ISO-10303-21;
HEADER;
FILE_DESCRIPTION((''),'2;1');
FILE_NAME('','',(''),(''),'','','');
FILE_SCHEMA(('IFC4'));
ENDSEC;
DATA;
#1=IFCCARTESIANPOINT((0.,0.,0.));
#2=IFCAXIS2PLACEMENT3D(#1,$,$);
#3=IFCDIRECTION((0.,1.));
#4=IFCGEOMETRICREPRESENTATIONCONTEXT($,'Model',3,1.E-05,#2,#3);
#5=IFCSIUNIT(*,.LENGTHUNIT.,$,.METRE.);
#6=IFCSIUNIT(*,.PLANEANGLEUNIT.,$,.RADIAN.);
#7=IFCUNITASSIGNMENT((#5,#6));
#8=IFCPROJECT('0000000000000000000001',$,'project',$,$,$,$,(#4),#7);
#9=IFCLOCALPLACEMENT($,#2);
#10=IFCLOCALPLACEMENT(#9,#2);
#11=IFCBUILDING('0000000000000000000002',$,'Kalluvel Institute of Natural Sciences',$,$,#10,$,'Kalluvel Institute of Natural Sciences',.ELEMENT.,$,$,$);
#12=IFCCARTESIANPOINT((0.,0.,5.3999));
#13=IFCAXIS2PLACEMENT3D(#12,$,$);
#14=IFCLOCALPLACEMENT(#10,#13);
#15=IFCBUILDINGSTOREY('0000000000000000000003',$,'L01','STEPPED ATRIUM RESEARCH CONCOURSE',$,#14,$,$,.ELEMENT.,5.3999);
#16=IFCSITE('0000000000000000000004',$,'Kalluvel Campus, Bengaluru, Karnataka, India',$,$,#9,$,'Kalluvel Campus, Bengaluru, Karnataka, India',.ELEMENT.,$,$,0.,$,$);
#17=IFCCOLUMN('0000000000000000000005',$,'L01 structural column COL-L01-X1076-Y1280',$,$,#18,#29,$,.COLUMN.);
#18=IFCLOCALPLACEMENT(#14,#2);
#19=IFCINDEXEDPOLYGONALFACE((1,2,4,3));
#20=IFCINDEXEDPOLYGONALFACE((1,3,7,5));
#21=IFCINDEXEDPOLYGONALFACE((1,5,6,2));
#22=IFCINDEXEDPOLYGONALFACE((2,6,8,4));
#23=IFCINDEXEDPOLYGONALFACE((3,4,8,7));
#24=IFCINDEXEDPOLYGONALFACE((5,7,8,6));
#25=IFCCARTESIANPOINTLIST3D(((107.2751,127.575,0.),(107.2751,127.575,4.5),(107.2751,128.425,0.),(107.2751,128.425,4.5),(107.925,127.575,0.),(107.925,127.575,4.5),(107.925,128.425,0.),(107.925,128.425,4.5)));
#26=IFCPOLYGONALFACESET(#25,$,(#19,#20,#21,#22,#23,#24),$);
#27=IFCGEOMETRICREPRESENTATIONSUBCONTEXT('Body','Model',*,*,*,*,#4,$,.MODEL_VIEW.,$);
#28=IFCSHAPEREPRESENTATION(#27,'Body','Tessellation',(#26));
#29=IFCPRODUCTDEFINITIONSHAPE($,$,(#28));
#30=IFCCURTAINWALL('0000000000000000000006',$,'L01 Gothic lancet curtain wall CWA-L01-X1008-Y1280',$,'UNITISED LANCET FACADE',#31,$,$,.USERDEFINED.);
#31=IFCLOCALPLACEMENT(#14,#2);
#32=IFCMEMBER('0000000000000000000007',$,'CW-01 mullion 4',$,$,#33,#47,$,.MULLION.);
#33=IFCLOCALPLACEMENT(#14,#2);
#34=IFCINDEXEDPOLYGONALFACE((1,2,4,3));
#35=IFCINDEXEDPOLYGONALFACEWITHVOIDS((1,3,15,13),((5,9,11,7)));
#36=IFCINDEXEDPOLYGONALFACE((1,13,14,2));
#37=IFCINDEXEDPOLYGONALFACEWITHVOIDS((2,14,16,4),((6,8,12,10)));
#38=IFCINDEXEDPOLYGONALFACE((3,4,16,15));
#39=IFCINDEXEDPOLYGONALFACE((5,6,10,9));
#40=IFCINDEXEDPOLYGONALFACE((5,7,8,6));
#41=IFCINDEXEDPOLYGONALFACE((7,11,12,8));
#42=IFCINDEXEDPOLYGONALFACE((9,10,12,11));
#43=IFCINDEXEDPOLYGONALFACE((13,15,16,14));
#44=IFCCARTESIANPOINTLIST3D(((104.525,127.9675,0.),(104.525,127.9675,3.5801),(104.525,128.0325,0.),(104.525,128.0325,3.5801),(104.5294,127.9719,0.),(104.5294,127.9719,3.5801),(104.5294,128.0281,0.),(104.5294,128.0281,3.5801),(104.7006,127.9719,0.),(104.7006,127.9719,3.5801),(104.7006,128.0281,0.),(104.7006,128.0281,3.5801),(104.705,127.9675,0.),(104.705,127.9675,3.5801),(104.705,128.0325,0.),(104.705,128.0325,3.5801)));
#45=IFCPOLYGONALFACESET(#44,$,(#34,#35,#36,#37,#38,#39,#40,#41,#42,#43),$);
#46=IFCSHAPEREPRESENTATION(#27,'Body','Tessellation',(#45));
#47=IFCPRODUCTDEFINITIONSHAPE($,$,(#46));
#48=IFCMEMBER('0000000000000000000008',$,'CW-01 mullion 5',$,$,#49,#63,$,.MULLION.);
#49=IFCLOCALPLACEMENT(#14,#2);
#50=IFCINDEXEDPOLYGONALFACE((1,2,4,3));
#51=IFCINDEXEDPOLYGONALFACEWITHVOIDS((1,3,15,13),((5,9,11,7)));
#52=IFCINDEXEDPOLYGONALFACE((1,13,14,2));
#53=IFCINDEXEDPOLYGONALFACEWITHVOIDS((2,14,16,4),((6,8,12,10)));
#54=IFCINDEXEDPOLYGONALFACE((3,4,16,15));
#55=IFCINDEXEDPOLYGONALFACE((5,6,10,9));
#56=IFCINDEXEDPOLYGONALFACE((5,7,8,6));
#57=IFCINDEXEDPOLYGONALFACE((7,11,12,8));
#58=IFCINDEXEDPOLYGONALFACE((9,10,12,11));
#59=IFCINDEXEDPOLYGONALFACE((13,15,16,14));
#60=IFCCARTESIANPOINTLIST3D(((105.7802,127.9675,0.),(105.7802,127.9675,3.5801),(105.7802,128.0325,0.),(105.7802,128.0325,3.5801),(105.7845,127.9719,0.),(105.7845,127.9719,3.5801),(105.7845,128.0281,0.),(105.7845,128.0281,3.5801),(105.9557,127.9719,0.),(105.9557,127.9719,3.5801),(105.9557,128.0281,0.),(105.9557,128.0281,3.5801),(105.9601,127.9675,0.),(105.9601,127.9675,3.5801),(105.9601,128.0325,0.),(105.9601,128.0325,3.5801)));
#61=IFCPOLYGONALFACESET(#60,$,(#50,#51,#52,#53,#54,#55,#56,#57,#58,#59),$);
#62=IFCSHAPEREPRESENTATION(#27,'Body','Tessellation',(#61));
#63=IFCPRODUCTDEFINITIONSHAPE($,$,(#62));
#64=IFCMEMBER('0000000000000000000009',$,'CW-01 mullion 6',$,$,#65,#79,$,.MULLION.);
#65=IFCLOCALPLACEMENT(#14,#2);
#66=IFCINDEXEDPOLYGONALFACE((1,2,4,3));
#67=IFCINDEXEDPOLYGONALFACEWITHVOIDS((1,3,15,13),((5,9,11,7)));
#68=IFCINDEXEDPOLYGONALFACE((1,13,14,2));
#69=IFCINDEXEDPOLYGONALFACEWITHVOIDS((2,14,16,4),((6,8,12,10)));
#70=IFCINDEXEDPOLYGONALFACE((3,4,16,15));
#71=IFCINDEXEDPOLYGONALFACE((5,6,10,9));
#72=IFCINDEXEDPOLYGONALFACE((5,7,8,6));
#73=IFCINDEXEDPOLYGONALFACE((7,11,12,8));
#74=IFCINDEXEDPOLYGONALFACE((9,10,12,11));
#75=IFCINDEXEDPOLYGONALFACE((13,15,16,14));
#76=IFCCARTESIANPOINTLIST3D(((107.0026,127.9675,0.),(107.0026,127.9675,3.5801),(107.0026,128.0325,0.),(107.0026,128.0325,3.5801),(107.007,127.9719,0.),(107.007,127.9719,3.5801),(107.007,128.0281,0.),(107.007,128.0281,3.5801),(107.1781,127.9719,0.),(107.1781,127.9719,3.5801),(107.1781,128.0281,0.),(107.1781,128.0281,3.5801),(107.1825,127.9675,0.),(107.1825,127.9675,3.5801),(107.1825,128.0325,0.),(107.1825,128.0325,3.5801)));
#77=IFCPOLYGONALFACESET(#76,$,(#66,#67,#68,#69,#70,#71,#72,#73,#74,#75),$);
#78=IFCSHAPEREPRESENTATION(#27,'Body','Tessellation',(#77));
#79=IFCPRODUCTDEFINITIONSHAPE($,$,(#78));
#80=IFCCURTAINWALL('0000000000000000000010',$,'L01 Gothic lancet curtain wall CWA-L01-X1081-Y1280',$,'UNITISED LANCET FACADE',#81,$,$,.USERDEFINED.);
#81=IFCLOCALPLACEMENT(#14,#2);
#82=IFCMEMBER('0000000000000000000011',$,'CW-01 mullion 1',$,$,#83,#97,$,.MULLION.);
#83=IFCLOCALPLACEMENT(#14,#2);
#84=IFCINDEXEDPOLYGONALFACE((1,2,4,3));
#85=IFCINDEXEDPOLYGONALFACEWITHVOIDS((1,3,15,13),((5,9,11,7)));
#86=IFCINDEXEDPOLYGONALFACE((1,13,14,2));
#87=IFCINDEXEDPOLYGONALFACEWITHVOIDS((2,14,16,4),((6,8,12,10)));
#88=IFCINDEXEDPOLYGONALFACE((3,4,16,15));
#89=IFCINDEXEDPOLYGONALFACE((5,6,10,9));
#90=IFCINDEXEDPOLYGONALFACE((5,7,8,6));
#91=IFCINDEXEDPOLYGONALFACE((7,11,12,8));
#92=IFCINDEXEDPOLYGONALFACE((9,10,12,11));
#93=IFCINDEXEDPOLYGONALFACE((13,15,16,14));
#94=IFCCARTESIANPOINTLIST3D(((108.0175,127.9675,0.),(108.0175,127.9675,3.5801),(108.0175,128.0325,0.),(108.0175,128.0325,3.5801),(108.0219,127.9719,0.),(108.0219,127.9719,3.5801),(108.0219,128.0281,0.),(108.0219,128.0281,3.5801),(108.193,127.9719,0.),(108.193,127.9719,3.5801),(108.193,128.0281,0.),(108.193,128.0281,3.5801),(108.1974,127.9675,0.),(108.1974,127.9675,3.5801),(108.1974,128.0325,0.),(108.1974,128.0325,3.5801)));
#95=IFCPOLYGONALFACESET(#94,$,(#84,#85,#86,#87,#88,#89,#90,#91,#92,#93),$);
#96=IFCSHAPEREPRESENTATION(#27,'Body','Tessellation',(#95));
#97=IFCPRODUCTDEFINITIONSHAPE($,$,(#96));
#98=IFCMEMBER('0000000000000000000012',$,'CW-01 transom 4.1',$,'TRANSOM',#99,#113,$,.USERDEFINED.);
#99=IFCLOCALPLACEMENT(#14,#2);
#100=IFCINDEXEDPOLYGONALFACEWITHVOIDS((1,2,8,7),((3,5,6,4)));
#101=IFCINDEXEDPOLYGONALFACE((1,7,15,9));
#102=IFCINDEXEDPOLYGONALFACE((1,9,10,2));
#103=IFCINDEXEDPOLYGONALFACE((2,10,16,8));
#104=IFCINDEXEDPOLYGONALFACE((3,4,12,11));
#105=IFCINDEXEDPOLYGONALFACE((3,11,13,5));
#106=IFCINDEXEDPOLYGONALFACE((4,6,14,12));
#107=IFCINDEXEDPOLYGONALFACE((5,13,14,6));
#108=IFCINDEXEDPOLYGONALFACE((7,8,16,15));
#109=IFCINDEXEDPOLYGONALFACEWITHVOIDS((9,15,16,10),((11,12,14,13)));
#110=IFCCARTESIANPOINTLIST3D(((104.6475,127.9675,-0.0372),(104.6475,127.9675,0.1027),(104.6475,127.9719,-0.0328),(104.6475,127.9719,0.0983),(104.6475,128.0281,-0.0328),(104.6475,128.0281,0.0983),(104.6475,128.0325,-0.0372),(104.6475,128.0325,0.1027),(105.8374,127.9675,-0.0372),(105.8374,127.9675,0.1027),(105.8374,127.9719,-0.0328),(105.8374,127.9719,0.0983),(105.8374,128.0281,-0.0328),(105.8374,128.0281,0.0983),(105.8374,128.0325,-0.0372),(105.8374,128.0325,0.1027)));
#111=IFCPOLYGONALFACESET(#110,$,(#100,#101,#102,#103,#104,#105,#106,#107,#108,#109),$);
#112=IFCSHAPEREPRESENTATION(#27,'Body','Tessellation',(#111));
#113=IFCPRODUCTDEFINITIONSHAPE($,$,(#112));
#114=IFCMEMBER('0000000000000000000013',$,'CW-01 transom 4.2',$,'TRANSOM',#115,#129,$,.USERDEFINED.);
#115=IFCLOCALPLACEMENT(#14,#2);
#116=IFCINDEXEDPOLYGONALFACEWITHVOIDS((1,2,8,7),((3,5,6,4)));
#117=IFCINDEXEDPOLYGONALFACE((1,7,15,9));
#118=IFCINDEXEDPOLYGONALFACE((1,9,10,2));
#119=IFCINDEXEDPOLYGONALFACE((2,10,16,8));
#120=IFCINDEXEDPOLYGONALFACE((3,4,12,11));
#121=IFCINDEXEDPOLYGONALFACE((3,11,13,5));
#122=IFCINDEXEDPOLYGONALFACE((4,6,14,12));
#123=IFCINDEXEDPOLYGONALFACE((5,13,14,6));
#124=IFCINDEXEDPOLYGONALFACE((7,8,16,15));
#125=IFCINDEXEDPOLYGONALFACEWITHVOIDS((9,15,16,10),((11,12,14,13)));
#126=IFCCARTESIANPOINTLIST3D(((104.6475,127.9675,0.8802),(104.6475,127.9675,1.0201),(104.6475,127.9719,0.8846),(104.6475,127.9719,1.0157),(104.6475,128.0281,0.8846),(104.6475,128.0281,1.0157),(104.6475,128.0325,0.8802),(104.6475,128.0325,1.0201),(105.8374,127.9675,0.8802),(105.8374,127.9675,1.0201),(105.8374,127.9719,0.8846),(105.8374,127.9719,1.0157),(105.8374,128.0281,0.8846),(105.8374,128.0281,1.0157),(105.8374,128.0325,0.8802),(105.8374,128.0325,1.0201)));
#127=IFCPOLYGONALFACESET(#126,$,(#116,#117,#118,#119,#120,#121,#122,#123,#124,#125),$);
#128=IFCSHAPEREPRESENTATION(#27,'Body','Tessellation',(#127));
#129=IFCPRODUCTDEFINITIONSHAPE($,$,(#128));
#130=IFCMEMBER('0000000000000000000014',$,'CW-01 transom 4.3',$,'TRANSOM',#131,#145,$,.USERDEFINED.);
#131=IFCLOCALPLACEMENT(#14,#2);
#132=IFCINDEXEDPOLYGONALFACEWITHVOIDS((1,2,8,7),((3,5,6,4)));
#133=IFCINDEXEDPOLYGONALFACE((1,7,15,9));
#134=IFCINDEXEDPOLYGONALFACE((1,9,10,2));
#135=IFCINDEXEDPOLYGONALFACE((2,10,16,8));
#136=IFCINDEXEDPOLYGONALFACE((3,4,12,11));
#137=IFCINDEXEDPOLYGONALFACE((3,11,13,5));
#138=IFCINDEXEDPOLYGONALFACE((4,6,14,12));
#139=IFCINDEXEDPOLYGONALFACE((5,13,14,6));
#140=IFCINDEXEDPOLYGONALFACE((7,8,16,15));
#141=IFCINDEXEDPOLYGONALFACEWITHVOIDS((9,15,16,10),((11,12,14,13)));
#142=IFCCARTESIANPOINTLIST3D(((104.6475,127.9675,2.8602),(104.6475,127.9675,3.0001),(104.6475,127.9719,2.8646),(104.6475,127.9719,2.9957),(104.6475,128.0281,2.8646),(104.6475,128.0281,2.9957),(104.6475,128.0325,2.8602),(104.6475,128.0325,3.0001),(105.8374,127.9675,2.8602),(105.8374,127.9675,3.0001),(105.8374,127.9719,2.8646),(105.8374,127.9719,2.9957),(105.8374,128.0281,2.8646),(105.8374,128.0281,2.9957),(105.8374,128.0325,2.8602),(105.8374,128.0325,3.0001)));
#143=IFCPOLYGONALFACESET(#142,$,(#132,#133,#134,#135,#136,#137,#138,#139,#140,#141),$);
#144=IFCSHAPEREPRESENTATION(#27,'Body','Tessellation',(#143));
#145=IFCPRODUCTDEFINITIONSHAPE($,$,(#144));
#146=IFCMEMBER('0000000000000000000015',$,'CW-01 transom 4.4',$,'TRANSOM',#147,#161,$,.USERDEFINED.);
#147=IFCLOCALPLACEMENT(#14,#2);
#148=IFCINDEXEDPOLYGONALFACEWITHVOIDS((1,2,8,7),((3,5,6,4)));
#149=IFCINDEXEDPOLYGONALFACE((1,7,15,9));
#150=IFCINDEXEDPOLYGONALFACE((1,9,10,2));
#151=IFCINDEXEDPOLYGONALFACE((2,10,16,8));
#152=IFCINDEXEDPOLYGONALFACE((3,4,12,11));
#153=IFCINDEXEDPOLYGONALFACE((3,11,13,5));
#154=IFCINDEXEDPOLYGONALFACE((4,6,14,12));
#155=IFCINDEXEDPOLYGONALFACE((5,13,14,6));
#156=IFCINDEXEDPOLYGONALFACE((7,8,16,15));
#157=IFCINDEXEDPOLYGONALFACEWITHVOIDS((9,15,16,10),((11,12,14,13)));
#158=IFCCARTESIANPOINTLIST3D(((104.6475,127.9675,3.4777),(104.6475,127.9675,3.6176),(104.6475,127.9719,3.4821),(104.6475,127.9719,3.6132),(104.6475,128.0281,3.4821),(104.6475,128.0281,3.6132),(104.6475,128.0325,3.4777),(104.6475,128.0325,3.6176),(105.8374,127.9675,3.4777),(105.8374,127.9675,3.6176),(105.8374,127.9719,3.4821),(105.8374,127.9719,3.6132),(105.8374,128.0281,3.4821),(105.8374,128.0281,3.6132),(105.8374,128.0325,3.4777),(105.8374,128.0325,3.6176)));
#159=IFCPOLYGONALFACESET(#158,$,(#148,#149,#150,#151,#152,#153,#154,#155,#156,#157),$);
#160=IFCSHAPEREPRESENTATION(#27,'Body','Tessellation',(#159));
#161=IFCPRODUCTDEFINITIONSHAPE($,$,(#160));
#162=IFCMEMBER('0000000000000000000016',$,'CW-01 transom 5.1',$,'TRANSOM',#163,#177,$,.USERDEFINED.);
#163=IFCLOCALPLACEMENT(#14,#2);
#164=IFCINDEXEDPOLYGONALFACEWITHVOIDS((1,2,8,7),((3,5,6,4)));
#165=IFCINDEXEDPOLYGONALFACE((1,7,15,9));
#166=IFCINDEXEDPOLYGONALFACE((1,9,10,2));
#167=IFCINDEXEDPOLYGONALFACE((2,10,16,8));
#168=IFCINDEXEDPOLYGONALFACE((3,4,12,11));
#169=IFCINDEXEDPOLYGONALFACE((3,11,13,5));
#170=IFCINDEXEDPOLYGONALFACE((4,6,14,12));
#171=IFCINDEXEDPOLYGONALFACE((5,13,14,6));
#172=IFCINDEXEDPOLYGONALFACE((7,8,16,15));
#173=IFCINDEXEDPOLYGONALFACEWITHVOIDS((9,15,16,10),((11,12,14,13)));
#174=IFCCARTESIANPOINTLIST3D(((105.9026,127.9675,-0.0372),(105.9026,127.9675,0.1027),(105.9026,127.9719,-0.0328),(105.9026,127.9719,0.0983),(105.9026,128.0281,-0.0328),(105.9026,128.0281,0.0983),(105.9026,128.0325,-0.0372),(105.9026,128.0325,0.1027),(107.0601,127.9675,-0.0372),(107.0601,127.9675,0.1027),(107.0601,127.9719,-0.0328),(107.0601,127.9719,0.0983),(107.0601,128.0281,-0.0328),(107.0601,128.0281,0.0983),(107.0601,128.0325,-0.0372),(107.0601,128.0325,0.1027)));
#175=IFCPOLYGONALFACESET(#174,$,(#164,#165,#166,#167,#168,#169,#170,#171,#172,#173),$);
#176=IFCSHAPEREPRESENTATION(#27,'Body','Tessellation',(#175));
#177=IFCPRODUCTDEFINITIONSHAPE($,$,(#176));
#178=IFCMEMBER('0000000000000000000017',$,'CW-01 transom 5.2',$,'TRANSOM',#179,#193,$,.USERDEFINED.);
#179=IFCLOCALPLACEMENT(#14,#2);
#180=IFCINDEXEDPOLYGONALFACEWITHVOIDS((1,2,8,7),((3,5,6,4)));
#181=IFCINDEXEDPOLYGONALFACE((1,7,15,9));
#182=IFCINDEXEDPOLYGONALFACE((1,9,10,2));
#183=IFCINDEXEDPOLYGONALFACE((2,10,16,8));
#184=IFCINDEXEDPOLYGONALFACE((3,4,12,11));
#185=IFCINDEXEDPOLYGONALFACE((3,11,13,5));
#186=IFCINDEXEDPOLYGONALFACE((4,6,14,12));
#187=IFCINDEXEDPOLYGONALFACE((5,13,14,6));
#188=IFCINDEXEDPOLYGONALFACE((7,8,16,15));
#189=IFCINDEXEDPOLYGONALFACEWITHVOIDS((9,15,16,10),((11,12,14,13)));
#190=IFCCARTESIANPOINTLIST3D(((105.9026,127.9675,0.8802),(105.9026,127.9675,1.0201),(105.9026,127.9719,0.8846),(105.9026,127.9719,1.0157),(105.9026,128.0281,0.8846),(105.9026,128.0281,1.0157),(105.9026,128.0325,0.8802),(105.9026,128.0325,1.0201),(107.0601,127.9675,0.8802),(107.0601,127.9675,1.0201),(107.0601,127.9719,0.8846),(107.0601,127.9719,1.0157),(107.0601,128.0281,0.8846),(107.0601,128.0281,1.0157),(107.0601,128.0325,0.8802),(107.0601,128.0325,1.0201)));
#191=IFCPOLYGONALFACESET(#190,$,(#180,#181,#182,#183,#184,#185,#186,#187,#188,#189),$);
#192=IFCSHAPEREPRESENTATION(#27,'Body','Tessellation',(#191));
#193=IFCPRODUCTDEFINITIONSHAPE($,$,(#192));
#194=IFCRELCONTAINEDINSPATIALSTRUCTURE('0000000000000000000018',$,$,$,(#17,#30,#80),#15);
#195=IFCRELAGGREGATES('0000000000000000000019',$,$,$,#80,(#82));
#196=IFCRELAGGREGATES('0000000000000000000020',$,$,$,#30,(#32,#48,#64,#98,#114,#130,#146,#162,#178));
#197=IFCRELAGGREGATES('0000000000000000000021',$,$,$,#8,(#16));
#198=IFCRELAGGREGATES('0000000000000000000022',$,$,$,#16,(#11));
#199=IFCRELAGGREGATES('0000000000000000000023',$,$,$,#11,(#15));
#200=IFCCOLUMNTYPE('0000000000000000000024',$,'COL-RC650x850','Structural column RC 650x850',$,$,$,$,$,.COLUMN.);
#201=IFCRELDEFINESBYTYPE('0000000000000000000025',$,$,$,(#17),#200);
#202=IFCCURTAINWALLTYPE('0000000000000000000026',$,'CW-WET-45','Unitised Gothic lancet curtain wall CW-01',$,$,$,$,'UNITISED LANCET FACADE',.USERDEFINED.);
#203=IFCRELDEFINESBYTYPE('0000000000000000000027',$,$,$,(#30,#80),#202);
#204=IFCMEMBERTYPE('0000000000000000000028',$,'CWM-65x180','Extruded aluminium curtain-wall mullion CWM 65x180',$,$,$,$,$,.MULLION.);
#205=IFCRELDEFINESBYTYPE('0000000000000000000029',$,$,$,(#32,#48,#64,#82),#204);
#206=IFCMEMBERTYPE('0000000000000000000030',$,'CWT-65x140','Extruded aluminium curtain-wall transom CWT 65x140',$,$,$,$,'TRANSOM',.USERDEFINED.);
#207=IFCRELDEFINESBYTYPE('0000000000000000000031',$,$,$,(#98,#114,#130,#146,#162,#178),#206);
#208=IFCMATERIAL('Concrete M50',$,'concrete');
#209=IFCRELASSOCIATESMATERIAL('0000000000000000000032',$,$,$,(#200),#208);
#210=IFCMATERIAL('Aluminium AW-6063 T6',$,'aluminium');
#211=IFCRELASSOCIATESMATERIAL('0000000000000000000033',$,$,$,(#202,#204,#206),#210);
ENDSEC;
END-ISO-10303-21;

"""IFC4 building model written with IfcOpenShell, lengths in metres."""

from ifc_helpers import new_model, si_unit, direction, frame, origin, origin_2d, place, context, subcontext, project, spatial, rectangle, hollow_rectangle, extrude, material, material_profile, profile_set, type_object, element, aggregate, save


model = new_model("IFC4")

# Units and contexts
model_context = context("Model", 3, precision=1e-05, world=origin(), true_north=direction((0.0, 1.0)))
body_context = subcontext(model_context, "Body", "Model", "MODEL_VIEW")
ifc_project = project(units=[si_unit("LENGTHUNIT", "METRE"), si_unit("PLANEANGLEUNIT", "RADIAN")], contexts=[model_context])

# Site, building, storey
site_placement = place(None, origin())
site = spatial("IfcSite", under=ifc_project, at=site_placement, Name="Kalluvel Campus, Bengaluru, Karnataka, India", LongName="Kalluvel Campus, Bengaluru, Karnataka, India", CompositionType="ELEMENT", RefElevation=0.0)
building_placement = place(site_placement, origin())
building = spatial("IfcBuilding", under=site, at=building_placement, Name="Kalluvel Institute of Natural Sciences", LongName="Kalluvel Institute of Natural Sciences", CompositionType="ELEMENT")
storey_placement = place(building_placement, frame((0.0, 0.0, 5.3999)))
storey = spatial("IfcBuildingStorey", under=building, at=storey_placement, Name="L01", Description="STEPPED ATRIUM RESEARCH CONCOURSE", CompositionType="ELEMENT", Elevation=5.3999)

# Column
ifc_material_1 = material(Name="Concrete M50", Category="concrete")
ifc_material_profile_1 = material_profile(ifc_material_1, rectangle(XDim=0.6499, YDim=0.8501, at=origin_2d()), Name="RC 650x850")
ifc_profile_set_1 = profile_set([ifc_material_profile_1], Name="Concrete M50")
column_type = type_object("IfcColumnType", Name="COL-RC650x850", Description="Structural column RC 650x850", PredefinedType="COLUMN", material=ifc_profile_set_1)
column_placement = place(storey_placement, frame((107.6001, 128.0, 0.0), z_axis=(0.0, 0.0, 1.0), x_axis=(1.0, 0.0, 0.0)))
element("IfcColumn", 1, at=column_placement, inside=storey, type_object=column_type, Name="L01 structural column COL-L01-X1076-Y1280", PredefinedType="COLUMN", context=body_context, shape_type="SweptSolid", body=[
    extrude(rectangle(XDim=0.6499, YDim=0.8501, at=origin_2d()), origin(), (0.0, 0.0, 1.0), 4.5),
])

# Curtain wall, members
ifc_material_2 = material(Name="Aluminium AW-6063 T6", Category="aluminium")
curtain_wall_type = type_object("IfcCurtainWallType", Name="CW-WET-45", Description="Unitised Gothic lancet curtain wall CW-01", ElementType="UNITISED LANCET FACADE", PredefinedType="USERDEFINED", material=ifc_material_2)
curtain_wall_1_placement = place(storey_placement, origin())
curtain_wall_1 = element("IfcCurtainWall", 2, at=curtain_wall_1_placement, inside=storey, type_object=curtain_wall_type, Name="L01 Gothic lancet curtain wall CWA-L01-X1008-Y1280", ObjectType="UNITISED LANCET FACADE", PredefinedType="USERDEFINED")
ifc_material_profile_2 = material_profile(ifc_material_2, hollow_rectangle(XDim=0.0649, YDim=0.1799, WallThickness=0.0044, at=origin_2d()), Name="CWM 65x180")
ifc_profile_set_2 = profile_set([ifc_material_profile_2], Name="Aluminium AW-6063 T6")
member_type_1 = type_object("IfcMemberType", Name="CWM-65x180", Description="Extruded aluminium curtain-wall mullion CWM 65x180", PredefinedType="MULLION", material=ifc_profile_set_2)
member_1_placement = place(storey_placement, frame((104.615, 128.0, 0.0), z_axis=(0.0, 0.0, 1.0), x_axis=(0.0, 1.0, 0.0)))
member_1 = element("IfcMember", 3, at=member_1_placement, type_object=member_type_1, Name="CW-01 mullion 4", PredefinedType="MULLION", context=body_context, shape_type="SweptSolid", body=[
    extrude(hollow_rectangle(XDim=0.0649, YDim=0.1799, WallThickness=0.0044, at=origin_2d()), origin(), (0.0, 0.0, 1.0), 3.5801),
])
member_2_placement = place(storey_placement, frame((105.8701, 128.0, 0.0), z_axis=(0.0, 0.0, 1.0), x_axis=(0.0, 1.0, 0.0)))
member_2 = element("IfcMember", 4, at=member_2_placement, type_object=member_type_1, Name="CW-01 mullion 5", PredefinedType="MULLION", context=body_context, shape_type="SweptSolid", body=[
    extrude(hollow_rectangle(XDim=0.0649, YDim=0.1799, WallThickness=0.0044, at=origin_2d()), origin(), (0.0, 0.0, 1.0), 3.5801),
])
member_3_placement = place(storey_placement, frame((107.0925, 128.0, 0.0), z_axis=(0.0, 0.0, 1.0), x_axis=(0.0, 1.0, 0.0)))
member_3 = element("IfcMember", 5, at=member_3_placement, type_object=member_type_1, Name="CW-01 mullion 6", PredefinedType="MULLION", context=body_context, shape_type="SweptSolid", body=[
    extrude(hollow_rectangle(XDim=0.0649, YDim=0.1799, WallThickness=0.0044, at=origin_2d()), origin(), (0.0, 0.0, 1.0), 3.5801),
])

# Curtain wall, member
curtain_wall_2_placement = place(storey_placement, origin())
curtain_wall_2 = element("IfcCurtainWall", 6, at=curtain_wall_2_placement, inside=storey, type_object=curtain_wall_type, Name="L01 Gothic lancet curtain wall CWA-L01-X1081-Y1280", ObjectType="UNITISED LANCET FACADE", PredefinedType="USERDEFINED")
member_4_placement = place(storey_placement, frame((108.1074, 128.0, 0.0), z_axis=(0.0, 0.0, 1.0), x_axis=(0.0, 1.0, 0.0)))
member_4 = element("IfcMember", 7, at=member_4_placement, type_object=member_type_1, Name="CW-01 mullion 1", PredefinedType="MULLION", context=body_context, shape_type="SweptSolid", body=[
    extrude(hollow_rectangle(XDim=0.0649, YDim=0.1799, WallThickness=0.0044, at=origin_2d()), origin(), (0.0, 0.0, 1.0), 3.5801),
])

# Members
ifc_material_profile_3 = material_profile(ifc_material_2, hollow_rectangle(XDim=0.0649, YDim=0.1399, WallThickness=0.0044, at=origin_2d()), Name="CWT 65x140")
ifc_profile_set_3 = profile_set([ifc_material_profile_3], Name="Aluminium AW-6063 T6")
member_type_2 = type_object("IfcMemberType", Name="CWT-65x140", Description="Extruded aluminium curtain-wall transom CWT 65x140", ElementType="TRANSOM", PredefinedType="USERDEFINED", material=ifc_profile_set_3)
member_5_placement = place(storey_placement, frame((104.6475, 128.0, 0.0327), z_axis=(1.0, 0.0, 0.0), x_axis=(0.0, 1.0, 0.0)))
member_5 = element("IfcMember", 8, at=member_5_placement, type_object=member_type_2, Name="CW-01 transom 4.1", ObjectType="TRANSOM", PredefinedType="USERDEFINED", context=body_context, shape_type="SweptSolid", body=[
    extrude(hollow_rectangle(XDim=0.0649, YDim=0.1399, WallThickness=0.0044, at=origin_2d()), origin(), (0.0, 0.0, 1.0), 1.1899),
])
member_6_placement = place(storey_placement, frame((104.6475, 128.0, 0.9502), z_axis=(1.0, 0.0, 0.0), x_axis=(0.0, 1.0, 0.0)))
member_6 = element("IfcMember", 9, at=member_6_placement, type_object=member_type_2, Name="CW-01 transom 4.2", ObjectType="TRANSOM", PredefinedType="USERDEFINED", context=body_context, shape_type="SweptSolid", body=[
    extrude(hollow_rectangle(XDim=0.0649, YDim=0.1399, WallThickness=0.0044, at=origin_2d()), origin(), (0.0, 0.0, 1.0), 1.1899),
])
member_7_placement = place(storey_placement, frame((104.6475, 128.0, 2.9302), z_axis=(1.0, 0.0, 0.0), x_axis=(0.0, 1.0, 0.0)))
member_7 = element("IfcMember", 10, at=member_7_placement, type_object=member_type_2, Name="CW-01 transom 4.3", ObjectType="TRANSOM", PredefinedType="USERDEFINED", context=body_context, shape_type="SweptSolid", body=[
    extrude(hollow_rectangle(XDim=0.0649, YDim=0.1399, WallThickness=0.0044, at=origin_2d()), origin(), (0.0, 0.0, 1.0), 1.1899),
])
member_8_placement = place(storey_placement, frame((104.6475, 128.0, 3.5476), z_axis=(1.0, 0.0, 0.0), x_axis=(0.0, 1.0, 0.0)))
member_8 = element("IfcMember", 11, at=member_8_placement, type_object=member_type_2, Name="CW-01 transom 4.4", ObjectType="TRANSOM", PredefinedType="USERDEFINED", context=body_context, shape_type="SweptSolid", body=[
    extrude(hollow_rectangle(XDim=0.0649, YDim=0.1399, WallThickness=0.0044, at=origin_2d()), origin(), (0.0, 0.0, 1.0), 1.1899),
])
member_9_placement = place(storey_placement, frame((105.9026, 128.0, 0.0327), z_axis=(1.0, 0.0, 0.0), x_axis=(0.0, 1.0, 0.0)))
member_9 = element("IfcMember", 12, at=member_9_placement, type_object=member_type_2, Name="CW-01 transom 5.1", ObjectType="TRANSOM", PredefinedType="USERDEFINED", context=body_context, shape_type="SweptSolid", body=[
    extrude(hollow_rectangle(XDim=0.0649, YDim=0.1399, WallThickness=0.0044, at=origin_2d()), origin(), (0.0, 0.0, 1.0), 1.1575),
])
member_10_placement = place(storey_placement, frame((105.9026, 128.0, 0.9502), z_axis=(1.0, 0.0, 0.0), x_axis=(0.0, 1.0, 0.0)))
member_10 = element("IfcMember", 13, at=member_10_placement, type_object=member_type_2, Name="CW-01 transom 5.2", ObjectType="TRANSOM", PredefinedType="USERDEFINED", context=body_context, shape_type="SweptSolid", body=[
    extrude(hollow_rectangle(XDim=0.0649, YDim=0.1399, WallThickness=0.0044, at=origin_2d()), origin(), (0.0, 0.0, 1.0), 1.1575),
])
aggregate(curtain_wall_2, [member_4])

aggregate(curtain_wall_1, [member_1, member_2, member_3, member_5, member_6, member_7, member_8, member_9, member_10])

save(model, "model.ifc")
